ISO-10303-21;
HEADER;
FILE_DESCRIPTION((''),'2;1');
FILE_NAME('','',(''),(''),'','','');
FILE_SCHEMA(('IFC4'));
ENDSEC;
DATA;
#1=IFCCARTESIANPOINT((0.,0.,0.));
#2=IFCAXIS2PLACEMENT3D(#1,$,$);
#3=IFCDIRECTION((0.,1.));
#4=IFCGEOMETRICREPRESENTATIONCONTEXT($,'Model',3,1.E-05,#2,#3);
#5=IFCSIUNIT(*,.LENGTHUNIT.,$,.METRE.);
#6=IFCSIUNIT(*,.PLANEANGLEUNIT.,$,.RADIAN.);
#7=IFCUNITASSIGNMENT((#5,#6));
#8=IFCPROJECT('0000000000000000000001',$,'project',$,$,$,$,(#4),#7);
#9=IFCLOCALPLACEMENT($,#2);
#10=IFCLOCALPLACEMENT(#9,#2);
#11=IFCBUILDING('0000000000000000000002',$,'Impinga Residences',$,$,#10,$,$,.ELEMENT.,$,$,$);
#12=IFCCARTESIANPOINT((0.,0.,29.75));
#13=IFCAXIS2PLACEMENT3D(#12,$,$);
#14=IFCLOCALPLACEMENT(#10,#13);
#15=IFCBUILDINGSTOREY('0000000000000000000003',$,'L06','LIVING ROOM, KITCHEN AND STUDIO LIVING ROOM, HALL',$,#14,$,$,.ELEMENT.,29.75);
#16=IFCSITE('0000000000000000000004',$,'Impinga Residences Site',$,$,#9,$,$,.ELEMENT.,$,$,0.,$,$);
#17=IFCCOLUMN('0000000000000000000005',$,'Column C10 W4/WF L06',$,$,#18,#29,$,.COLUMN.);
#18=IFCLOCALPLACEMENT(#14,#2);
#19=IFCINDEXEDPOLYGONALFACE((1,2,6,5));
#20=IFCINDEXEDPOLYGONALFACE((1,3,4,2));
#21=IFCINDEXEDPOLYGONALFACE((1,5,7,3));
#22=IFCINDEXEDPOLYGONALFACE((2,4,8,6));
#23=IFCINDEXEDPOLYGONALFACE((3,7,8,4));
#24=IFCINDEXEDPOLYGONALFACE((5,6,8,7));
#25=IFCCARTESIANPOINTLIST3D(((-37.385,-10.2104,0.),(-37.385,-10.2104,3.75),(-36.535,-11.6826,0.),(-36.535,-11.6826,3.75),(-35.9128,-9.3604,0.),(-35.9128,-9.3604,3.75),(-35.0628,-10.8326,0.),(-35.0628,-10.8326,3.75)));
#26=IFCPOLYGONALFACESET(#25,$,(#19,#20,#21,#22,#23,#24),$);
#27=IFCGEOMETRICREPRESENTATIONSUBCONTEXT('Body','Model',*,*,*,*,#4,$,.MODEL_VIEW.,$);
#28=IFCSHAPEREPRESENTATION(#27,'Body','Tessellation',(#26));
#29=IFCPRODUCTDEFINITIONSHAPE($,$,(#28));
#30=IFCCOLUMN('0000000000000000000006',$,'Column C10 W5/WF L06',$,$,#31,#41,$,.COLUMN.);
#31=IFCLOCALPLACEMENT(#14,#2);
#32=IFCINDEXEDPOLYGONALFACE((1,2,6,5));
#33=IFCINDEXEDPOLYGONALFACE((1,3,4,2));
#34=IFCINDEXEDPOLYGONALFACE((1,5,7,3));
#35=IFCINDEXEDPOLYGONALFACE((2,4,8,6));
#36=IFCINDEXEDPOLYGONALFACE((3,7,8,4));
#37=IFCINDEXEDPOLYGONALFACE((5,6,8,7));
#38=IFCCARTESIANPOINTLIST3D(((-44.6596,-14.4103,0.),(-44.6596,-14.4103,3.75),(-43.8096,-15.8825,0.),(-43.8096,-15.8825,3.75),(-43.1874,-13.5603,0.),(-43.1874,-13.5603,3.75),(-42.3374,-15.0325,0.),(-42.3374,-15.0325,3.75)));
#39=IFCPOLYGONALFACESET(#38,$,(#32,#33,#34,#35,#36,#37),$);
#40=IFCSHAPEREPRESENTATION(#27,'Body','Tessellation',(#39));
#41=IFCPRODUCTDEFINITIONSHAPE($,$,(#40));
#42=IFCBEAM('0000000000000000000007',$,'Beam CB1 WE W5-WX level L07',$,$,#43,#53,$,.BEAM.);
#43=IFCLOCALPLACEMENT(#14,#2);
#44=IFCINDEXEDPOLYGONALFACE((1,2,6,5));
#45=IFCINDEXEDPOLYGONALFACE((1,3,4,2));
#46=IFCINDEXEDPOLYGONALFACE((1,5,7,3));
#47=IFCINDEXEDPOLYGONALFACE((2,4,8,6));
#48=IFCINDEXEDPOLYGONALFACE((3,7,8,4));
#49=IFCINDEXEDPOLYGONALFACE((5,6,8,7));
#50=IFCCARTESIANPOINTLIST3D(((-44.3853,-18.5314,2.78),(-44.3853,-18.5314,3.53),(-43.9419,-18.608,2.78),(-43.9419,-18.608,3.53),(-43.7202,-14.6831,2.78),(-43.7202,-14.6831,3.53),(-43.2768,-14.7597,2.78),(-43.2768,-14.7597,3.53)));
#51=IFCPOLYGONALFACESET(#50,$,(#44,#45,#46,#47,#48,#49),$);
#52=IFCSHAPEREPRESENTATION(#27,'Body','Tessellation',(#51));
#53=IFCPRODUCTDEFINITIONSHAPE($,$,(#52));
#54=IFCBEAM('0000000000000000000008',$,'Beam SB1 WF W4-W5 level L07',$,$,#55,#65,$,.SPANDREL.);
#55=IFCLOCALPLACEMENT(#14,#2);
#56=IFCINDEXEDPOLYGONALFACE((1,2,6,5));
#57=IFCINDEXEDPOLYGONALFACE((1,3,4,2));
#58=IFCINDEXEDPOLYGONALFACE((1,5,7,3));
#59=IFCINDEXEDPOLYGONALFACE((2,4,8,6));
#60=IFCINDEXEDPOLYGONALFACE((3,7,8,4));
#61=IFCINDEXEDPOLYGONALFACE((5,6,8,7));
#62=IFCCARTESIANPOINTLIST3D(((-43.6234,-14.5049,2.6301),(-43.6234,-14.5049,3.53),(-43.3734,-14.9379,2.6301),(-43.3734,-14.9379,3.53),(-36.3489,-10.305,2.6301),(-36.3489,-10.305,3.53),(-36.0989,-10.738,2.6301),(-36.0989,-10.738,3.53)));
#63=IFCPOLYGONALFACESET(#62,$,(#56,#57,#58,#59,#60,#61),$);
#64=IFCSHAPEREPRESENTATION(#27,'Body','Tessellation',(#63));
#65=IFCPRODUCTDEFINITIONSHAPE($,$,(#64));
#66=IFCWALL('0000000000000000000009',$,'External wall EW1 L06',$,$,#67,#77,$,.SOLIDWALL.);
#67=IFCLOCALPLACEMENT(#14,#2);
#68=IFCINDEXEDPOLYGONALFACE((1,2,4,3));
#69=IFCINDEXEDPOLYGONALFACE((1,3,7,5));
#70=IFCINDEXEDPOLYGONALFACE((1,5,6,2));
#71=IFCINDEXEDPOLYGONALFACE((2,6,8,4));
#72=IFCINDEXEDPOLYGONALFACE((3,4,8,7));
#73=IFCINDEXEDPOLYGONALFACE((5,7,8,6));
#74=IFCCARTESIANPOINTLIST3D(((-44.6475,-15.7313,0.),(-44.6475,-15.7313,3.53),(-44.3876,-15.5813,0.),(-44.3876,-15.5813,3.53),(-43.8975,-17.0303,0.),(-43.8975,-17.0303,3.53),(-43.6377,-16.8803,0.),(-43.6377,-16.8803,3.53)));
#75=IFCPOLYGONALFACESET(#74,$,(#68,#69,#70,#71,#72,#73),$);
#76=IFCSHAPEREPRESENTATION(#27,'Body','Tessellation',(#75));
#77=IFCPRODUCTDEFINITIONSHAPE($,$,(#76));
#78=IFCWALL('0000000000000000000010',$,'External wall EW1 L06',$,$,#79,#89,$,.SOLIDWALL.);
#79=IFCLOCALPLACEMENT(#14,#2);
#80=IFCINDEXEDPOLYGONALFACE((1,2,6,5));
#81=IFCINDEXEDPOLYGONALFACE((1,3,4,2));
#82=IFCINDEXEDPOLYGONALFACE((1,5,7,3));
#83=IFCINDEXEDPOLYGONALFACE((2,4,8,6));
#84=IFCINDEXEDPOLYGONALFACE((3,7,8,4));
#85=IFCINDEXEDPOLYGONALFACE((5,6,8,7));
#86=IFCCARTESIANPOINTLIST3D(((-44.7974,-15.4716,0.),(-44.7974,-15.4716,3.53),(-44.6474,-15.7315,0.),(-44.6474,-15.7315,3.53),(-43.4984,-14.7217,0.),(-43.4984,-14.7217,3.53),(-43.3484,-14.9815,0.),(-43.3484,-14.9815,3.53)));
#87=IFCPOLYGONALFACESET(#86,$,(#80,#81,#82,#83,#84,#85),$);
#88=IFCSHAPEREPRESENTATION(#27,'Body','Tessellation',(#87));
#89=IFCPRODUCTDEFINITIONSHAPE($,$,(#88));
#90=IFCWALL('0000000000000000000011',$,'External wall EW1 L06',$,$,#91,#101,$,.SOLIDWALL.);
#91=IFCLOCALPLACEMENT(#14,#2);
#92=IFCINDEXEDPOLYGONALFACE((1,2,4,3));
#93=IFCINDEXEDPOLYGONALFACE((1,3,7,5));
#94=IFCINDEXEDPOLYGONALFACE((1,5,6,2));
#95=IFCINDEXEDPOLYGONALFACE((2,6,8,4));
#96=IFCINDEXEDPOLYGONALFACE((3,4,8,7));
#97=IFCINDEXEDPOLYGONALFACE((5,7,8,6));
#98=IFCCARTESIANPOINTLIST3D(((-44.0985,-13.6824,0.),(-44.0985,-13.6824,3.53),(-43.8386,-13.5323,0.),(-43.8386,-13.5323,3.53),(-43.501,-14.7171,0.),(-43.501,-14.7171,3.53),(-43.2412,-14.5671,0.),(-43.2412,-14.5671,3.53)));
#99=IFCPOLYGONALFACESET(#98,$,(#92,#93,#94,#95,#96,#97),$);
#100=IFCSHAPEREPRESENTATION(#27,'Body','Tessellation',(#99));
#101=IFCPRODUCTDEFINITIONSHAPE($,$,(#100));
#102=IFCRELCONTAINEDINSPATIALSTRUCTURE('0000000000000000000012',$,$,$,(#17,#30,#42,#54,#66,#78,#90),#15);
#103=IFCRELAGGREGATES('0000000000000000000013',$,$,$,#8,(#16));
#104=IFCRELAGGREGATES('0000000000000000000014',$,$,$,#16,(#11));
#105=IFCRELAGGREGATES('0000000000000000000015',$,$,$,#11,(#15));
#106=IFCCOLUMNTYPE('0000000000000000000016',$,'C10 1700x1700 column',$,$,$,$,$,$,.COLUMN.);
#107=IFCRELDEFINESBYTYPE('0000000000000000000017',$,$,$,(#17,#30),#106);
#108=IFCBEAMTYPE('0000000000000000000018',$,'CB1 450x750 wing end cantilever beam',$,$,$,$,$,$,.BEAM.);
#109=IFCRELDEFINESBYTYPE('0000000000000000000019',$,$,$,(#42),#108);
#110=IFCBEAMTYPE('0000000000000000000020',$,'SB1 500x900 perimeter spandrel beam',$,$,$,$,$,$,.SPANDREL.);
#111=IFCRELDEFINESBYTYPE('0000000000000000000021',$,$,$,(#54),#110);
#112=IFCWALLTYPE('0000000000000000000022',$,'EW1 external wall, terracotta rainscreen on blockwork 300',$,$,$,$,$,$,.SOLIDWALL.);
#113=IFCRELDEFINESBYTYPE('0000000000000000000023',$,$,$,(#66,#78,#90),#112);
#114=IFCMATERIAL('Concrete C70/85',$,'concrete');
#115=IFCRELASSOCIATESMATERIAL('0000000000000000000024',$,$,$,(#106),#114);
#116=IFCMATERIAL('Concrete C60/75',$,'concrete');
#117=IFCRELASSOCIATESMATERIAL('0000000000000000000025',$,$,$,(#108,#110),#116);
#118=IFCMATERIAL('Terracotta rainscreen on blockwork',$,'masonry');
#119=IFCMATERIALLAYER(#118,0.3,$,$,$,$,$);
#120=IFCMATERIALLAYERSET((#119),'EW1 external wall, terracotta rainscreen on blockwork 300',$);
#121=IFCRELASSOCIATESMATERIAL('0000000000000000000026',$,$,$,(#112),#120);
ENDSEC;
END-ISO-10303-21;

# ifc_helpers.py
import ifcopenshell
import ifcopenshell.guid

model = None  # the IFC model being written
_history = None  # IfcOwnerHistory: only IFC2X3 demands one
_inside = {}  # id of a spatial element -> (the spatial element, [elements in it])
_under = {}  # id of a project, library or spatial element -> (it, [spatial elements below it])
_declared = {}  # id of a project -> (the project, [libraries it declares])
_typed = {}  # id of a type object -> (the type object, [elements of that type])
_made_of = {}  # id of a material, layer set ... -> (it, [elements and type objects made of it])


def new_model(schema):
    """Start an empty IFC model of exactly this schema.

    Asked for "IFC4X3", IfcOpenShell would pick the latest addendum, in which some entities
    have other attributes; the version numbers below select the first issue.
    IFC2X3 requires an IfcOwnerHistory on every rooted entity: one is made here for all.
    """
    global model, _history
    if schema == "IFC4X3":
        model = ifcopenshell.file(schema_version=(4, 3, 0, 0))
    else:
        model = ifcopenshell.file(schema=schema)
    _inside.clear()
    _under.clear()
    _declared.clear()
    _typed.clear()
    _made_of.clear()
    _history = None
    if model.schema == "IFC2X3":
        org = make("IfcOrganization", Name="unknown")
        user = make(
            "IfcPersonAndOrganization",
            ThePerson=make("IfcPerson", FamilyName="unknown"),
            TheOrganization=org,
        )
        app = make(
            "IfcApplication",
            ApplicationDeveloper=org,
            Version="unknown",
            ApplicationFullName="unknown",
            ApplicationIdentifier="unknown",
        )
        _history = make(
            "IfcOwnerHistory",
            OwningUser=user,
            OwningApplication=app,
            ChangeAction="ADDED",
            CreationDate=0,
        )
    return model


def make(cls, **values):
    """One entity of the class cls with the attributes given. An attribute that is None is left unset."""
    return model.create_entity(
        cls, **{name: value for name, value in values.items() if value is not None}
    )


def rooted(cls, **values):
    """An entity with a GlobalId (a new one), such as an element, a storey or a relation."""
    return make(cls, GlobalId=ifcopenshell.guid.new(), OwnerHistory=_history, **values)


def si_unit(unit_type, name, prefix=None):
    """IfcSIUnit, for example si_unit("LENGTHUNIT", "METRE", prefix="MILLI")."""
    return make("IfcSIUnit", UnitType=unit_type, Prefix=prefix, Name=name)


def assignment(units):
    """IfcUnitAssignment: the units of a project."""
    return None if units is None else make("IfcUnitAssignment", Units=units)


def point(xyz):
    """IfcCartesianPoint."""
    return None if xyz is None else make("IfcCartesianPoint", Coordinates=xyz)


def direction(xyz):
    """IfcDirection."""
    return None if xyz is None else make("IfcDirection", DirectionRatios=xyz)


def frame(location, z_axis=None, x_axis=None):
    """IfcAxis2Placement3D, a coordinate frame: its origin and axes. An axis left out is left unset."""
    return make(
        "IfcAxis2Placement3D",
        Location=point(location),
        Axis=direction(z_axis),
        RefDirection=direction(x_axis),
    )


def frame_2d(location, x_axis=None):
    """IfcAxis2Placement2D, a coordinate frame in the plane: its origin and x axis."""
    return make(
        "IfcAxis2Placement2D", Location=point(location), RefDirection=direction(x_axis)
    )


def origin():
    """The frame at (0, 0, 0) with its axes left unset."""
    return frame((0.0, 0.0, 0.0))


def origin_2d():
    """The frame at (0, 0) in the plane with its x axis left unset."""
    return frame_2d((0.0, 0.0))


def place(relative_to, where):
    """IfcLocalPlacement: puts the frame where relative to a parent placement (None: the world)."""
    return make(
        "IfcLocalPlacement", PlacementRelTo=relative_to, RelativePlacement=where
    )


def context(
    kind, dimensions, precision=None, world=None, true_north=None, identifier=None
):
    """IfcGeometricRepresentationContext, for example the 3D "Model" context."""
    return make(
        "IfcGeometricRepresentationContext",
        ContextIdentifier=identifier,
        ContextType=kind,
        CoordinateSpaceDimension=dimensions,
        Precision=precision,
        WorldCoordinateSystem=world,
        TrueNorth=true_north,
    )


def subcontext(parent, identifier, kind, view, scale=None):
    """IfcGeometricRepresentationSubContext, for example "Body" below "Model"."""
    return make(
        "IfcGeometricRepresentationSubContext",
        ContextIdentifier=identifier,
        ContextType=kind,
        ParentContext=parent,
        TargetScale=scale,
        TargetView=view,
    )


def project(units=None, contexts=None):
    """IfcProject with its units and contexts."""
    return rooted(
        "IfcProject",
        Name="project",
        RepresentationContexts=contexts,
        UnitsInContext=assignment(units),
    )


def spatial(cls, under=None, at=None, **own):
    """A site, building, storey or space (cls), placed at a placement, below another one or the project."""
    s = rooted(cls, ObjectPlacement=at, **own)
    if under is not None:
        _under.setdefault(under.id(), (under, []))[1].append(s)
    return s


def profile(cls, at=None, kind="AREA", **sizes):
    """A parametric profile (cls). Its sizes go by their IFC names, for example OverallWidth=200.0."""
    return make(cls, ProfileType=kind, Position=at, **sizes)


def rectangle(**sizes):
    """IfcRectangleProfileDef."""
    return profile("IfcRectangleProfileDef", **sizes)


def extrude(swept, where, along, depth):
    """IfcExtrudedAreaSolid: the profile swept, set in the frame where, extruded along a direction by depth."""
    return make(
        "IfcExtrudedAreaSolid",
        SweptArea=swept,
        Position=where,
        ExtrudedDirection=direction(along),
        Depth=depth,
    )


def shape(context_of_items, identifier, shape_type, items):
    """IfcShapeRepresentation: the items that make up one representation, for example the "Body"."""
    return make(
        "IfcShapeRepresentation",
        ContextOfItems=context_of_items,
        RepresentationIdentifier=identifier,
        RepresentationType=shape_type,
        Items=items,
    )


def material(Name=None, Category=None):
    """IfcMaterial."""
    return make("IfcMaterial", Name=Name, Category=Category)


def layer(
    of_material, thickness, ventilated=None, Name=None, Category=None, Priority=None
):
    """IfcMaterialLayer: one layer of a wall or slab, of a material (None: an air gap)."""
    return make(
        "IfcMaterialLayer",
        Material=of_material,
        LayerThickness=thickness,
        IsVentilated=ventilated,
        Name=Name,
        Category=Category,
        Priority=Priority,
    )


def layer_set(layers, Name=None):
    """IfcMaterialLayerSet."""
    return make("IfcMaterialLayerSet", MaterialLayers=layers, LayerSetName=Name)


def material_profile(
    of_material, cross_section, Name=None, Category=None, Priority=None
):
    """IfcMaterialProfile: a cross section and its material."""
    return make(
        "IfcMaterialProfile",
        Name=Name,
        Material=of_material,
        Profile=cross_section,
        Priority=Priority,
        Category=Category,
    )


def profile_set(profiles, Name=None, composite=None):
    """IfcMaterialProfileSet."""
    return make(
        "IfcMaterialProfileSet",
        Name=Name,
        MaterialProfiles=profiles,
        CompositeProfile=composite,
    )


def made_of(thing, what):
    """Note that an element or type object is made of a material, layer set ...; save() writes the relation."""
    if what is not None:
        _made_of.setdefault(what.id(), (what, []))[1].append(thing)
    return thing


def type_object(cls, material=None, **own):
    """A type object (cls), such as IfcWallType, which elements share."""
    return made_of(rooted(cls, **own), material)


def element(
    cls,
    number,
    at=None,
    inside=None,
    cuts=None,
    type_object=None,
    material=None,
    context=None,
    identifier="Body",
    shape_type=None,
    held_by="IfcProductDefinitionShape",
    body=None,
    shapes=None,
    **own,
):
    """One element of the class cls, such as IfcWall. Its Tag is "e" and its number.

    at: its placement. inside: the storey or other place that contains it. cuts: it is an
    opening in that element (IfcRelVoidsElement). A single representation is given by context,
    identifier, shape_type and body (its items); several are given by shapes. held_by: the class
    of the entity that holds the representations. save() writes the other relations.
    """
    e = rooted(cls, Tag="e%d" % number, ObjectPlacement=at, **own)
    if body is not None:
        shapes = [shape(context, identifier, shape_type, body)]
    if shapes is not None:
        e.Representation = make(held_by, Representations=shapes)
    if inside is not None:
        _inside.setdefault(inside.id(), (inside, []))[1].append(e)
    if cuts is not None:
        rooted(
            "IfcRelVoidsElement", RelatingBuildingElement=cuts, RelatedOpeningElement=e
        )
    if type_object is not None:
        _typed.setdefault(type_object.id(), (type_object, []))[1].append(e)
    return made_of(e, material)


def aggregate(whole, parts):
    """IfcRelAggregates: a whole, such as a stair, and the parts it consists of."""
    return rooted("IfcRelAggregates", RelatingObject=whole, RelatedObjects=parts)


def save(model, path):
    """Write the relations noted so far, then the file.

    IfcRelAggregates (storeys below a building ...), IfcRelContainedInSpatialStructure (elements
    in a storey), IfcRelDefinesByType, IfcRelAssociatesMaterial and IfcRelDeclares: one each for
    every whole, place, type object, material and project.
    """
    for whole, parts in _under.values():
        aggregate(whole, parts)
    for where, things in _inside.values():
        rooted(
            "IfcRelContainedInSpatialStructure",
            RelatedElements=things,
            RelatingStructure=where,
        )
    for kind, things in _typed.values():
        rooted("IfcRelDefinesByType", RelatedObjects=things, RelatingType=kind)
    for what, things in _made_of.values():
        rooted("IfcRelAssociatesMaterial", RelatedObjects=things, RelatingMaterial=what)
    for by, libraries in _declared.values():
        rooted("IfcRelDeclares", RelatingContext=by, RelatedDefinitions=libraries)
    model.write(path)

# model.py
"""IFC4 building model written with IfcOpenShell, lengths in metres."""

from ifc_helpers import new_model, si_unit, direction, frame, frame_2d, origin, origin_2d, place, context, subcontext, project, spatial, rectangle, extrude, material, layer, layer_set, material_profile, profile_set, type_object, element, save


model = new_model("IFC4")

# Units and contexts
model_context = context("Model", 3, precision=1e-05, world=origin(), true_north=direction((0.0, 1.0)))
body_context = subcontext(model_context, "Body", "Model", "MODEL_VIEW")
ifc_project = project(units=[si_unit("LENGTHUNIT", "METRE"), si_unit("PLANEANGLEUNIT", "RADIAN")], contexts=[model_context])

# Site, building, storey
site_placement = place(None, origin())
site = spatial("IfcSite", under=ifc_project, at=site_placement, Name="Impinga Residences Site", CompositionType="ELEMENT", RefElevation=0.0)
building_placement = place(site_placement, origin())
building = spatial("IfcBuilding", under=site, at=building_placement, Name="Impinga Residences", CompositionType="ELEMENT")
storey_placement = place(building_placement, frame((0.0, 0.0, 29.75)))
storey = spatial("IfcBuildingStorey", under=building, at=storey_placement, Name="L06", Description="LIVING ROOM, KITCHEN AND STUDIO LIVING ROOM, HALL", CompositionType="ELEMENT", Elevation=29.75)

# Columns
ifc_material_1 = material(Name="Concrete C70/85", Category="concrete")
ifc_material_profile_1 = material_profile(ifc_material_1, rectangle(XDim=1.7, YDim=1.7, at=origin_2d()), Name="RC 1700x1700")
ifc_profile_set_1 = profile_set([ifc_material_profile_1], Name="Concrete C70/85")
column_type = type_object("IfcColumnType", Name="C10 1700x1700 column", PredefinedType="COLUMN", material=ifc_profile_set_1)
for number, where, z_axis, x_axis, name in (
    (1, (-36.2239, -10.5215, 0.0), (0.0, 0.0, 1.0), (-0.5, 0.866025, 0.0), "Column C10 W4/WF L06"),
    (2, (-43.4985, -14.7214, 0.0), (0.0, 0.0, 1.0), (-0.5, 0.866025, 0.0), "Column C10 W5/WF L06"),
):
    element("IfcColumn", number, at=place(storey_placement, frame(where, z_axis=z_axis, x_axis=x_axis)), inside=storey, type_object=column_type, Name=name, PredefinedType="COLUMN", context=body_context, shape_type="SweptSolid", body=[
        extrude(rectangle(XDim=1.7, YDim=1.7, at=origin_2d()), origin(), (0.0, 0.0, 1.0), 3.75),
    ])

# Beams
ifc_material_2 = material(Name="Concrete C60/75", Category="concrete")
ifc_material_profile_2 = material_profile(ifc_material_2, rectangle(XDim=0.45, YDim=0.75, at=origin_2d()), Name="RC 450x750")
ifc_profile_set_2 = profile_set([ifc_material_profile_2], Name="Concrete C60/75")
beam_type_1 = type_object("IfcBeamType", Name="CB1 450x750 wing end cantilever beam", PredefinedType="BEAM", material=ifc_profile_set_2)
beam_1_placement = place(storey_placement, frame((-43.4985, -14.7214, 3.155), z_axis=(-0.170296, -0.985393, 0.0), x_axis=(0.985393, -0.170296, 0.0)))
element("IfcBeam", 3, at=beam_1_placement, inside=storey, type_object=beam_type_1, Name="Beam CB1 WE W5-WX level L07", PredefinedType="BEAM", context=body_context, shape_type="SweptSolid", body=[
    extrude(rectangle(XDim=0.45, YDim=0.75, at=origin_2d()), origin(), (0.0, 0.0, 1.0), 3.9053),
])
ifc_material_profile_3 = material_profile(ifc_material_2, rectangle(XDim=0.5, YDim=0.8999, at=origin_2d()), Name="RC 500x900")
ifc_profile_set_3 = profile_set([ifc_material_profile_3], Name="Concrete C60/75")
beam_type_2 = type_object("IfcBeamType", Name="SB1 500x900 perimeter spandrel beam", PredefinedType="SPANDREL", material=ifc_profile_set_3)
beam_2_placement = place(storey_placement, frame((-36.2239, -10.5215, 3.0801), z_axis=(-0.866029, -0.499993, 0.0), x_axis=(0.499993, -0.866029, 0.0)))
element("IfcBeam", 4, at=beam_2_placement, inside=storey, type_object=beam_type_2, Name="Beam SB1 WF W4-W5 level L07", PredefinedType="SPANDREL", context=body_context, shape_type="SweptSolid", body=[
    extrude(rectangle(XDim=0.5, YDim=0.8999, at=origin_2d()), origin(), (0.0, 0.0, 1.0), 8.3999),
])

# Walls
ifc_material_3 = material(Name="Terracotta rainscreen on blockwork", Category="masonry")
ifc_layer_1 = layer(ifc_material_3, 0.3)
ifc_layer_set_1 = layer_set([ifc_layer_1], Name="EW1 external wall, terracotta rainscreen on blockwork 300")
wall_type_1 = type_object("IfcWallType", Name="EW1 external wall, terracotta rainscreen on blockwork 300", PredefinedType="SOLIDWALL", material=ifc_layer_set_1)
for number, where, z_axis, x_axis, name in (
    (5, (-43.7676, -16.9553, 0.0), (0.0, 0.0, 1.0), (-0.49999, 0.866031, 0.0), "External wall EW1 L06"),
    (6, (-44.7224, -15.6016, 0.0), (0.0, 0.0, 1.0), (0.866031, 0.49999, 0.0), "External wall EW1 L06"),
):
    element("IfcWall", number, at=place(storey_placement, frame(where, z_axis=z_axis, x_axis=x_axis)), inside=storey, type_object=wall_type_1, Name=name, PredefinedType="SOLIDWALL", context=body_context, shape_type="SweptSolid", body=[
        extrude(rectangle(XDim=1.5, YDim=0.3, at=frame_2d((0.75, 0.0))), origin(), (0.0, 0.0, 1.0), 3.53),
    ])
wall_1_placement = place(storey_placement, frame((-43.3711, -14.6421, 0.0), z_axis=(0.0, 0.0, 1.0), x_axis=(-0.500029, 0.866009, 0.0)))
element("IfcWall", 7, at=wall_1_placement, inside=storey, type_object=wall_type_1, Name="External wall EW1 L06", PredefinedType="SOLIDWALL", context=body_context, shape_type="SweptSolid", body=[
    extrude(rectangle(XDim=1.1948, YDim=0.3, at=frame_2d((0.5974, 0.0))), origin(), (0.0, 0.0, 1.0), 3.53),
])

save(model, "model.ifc")
